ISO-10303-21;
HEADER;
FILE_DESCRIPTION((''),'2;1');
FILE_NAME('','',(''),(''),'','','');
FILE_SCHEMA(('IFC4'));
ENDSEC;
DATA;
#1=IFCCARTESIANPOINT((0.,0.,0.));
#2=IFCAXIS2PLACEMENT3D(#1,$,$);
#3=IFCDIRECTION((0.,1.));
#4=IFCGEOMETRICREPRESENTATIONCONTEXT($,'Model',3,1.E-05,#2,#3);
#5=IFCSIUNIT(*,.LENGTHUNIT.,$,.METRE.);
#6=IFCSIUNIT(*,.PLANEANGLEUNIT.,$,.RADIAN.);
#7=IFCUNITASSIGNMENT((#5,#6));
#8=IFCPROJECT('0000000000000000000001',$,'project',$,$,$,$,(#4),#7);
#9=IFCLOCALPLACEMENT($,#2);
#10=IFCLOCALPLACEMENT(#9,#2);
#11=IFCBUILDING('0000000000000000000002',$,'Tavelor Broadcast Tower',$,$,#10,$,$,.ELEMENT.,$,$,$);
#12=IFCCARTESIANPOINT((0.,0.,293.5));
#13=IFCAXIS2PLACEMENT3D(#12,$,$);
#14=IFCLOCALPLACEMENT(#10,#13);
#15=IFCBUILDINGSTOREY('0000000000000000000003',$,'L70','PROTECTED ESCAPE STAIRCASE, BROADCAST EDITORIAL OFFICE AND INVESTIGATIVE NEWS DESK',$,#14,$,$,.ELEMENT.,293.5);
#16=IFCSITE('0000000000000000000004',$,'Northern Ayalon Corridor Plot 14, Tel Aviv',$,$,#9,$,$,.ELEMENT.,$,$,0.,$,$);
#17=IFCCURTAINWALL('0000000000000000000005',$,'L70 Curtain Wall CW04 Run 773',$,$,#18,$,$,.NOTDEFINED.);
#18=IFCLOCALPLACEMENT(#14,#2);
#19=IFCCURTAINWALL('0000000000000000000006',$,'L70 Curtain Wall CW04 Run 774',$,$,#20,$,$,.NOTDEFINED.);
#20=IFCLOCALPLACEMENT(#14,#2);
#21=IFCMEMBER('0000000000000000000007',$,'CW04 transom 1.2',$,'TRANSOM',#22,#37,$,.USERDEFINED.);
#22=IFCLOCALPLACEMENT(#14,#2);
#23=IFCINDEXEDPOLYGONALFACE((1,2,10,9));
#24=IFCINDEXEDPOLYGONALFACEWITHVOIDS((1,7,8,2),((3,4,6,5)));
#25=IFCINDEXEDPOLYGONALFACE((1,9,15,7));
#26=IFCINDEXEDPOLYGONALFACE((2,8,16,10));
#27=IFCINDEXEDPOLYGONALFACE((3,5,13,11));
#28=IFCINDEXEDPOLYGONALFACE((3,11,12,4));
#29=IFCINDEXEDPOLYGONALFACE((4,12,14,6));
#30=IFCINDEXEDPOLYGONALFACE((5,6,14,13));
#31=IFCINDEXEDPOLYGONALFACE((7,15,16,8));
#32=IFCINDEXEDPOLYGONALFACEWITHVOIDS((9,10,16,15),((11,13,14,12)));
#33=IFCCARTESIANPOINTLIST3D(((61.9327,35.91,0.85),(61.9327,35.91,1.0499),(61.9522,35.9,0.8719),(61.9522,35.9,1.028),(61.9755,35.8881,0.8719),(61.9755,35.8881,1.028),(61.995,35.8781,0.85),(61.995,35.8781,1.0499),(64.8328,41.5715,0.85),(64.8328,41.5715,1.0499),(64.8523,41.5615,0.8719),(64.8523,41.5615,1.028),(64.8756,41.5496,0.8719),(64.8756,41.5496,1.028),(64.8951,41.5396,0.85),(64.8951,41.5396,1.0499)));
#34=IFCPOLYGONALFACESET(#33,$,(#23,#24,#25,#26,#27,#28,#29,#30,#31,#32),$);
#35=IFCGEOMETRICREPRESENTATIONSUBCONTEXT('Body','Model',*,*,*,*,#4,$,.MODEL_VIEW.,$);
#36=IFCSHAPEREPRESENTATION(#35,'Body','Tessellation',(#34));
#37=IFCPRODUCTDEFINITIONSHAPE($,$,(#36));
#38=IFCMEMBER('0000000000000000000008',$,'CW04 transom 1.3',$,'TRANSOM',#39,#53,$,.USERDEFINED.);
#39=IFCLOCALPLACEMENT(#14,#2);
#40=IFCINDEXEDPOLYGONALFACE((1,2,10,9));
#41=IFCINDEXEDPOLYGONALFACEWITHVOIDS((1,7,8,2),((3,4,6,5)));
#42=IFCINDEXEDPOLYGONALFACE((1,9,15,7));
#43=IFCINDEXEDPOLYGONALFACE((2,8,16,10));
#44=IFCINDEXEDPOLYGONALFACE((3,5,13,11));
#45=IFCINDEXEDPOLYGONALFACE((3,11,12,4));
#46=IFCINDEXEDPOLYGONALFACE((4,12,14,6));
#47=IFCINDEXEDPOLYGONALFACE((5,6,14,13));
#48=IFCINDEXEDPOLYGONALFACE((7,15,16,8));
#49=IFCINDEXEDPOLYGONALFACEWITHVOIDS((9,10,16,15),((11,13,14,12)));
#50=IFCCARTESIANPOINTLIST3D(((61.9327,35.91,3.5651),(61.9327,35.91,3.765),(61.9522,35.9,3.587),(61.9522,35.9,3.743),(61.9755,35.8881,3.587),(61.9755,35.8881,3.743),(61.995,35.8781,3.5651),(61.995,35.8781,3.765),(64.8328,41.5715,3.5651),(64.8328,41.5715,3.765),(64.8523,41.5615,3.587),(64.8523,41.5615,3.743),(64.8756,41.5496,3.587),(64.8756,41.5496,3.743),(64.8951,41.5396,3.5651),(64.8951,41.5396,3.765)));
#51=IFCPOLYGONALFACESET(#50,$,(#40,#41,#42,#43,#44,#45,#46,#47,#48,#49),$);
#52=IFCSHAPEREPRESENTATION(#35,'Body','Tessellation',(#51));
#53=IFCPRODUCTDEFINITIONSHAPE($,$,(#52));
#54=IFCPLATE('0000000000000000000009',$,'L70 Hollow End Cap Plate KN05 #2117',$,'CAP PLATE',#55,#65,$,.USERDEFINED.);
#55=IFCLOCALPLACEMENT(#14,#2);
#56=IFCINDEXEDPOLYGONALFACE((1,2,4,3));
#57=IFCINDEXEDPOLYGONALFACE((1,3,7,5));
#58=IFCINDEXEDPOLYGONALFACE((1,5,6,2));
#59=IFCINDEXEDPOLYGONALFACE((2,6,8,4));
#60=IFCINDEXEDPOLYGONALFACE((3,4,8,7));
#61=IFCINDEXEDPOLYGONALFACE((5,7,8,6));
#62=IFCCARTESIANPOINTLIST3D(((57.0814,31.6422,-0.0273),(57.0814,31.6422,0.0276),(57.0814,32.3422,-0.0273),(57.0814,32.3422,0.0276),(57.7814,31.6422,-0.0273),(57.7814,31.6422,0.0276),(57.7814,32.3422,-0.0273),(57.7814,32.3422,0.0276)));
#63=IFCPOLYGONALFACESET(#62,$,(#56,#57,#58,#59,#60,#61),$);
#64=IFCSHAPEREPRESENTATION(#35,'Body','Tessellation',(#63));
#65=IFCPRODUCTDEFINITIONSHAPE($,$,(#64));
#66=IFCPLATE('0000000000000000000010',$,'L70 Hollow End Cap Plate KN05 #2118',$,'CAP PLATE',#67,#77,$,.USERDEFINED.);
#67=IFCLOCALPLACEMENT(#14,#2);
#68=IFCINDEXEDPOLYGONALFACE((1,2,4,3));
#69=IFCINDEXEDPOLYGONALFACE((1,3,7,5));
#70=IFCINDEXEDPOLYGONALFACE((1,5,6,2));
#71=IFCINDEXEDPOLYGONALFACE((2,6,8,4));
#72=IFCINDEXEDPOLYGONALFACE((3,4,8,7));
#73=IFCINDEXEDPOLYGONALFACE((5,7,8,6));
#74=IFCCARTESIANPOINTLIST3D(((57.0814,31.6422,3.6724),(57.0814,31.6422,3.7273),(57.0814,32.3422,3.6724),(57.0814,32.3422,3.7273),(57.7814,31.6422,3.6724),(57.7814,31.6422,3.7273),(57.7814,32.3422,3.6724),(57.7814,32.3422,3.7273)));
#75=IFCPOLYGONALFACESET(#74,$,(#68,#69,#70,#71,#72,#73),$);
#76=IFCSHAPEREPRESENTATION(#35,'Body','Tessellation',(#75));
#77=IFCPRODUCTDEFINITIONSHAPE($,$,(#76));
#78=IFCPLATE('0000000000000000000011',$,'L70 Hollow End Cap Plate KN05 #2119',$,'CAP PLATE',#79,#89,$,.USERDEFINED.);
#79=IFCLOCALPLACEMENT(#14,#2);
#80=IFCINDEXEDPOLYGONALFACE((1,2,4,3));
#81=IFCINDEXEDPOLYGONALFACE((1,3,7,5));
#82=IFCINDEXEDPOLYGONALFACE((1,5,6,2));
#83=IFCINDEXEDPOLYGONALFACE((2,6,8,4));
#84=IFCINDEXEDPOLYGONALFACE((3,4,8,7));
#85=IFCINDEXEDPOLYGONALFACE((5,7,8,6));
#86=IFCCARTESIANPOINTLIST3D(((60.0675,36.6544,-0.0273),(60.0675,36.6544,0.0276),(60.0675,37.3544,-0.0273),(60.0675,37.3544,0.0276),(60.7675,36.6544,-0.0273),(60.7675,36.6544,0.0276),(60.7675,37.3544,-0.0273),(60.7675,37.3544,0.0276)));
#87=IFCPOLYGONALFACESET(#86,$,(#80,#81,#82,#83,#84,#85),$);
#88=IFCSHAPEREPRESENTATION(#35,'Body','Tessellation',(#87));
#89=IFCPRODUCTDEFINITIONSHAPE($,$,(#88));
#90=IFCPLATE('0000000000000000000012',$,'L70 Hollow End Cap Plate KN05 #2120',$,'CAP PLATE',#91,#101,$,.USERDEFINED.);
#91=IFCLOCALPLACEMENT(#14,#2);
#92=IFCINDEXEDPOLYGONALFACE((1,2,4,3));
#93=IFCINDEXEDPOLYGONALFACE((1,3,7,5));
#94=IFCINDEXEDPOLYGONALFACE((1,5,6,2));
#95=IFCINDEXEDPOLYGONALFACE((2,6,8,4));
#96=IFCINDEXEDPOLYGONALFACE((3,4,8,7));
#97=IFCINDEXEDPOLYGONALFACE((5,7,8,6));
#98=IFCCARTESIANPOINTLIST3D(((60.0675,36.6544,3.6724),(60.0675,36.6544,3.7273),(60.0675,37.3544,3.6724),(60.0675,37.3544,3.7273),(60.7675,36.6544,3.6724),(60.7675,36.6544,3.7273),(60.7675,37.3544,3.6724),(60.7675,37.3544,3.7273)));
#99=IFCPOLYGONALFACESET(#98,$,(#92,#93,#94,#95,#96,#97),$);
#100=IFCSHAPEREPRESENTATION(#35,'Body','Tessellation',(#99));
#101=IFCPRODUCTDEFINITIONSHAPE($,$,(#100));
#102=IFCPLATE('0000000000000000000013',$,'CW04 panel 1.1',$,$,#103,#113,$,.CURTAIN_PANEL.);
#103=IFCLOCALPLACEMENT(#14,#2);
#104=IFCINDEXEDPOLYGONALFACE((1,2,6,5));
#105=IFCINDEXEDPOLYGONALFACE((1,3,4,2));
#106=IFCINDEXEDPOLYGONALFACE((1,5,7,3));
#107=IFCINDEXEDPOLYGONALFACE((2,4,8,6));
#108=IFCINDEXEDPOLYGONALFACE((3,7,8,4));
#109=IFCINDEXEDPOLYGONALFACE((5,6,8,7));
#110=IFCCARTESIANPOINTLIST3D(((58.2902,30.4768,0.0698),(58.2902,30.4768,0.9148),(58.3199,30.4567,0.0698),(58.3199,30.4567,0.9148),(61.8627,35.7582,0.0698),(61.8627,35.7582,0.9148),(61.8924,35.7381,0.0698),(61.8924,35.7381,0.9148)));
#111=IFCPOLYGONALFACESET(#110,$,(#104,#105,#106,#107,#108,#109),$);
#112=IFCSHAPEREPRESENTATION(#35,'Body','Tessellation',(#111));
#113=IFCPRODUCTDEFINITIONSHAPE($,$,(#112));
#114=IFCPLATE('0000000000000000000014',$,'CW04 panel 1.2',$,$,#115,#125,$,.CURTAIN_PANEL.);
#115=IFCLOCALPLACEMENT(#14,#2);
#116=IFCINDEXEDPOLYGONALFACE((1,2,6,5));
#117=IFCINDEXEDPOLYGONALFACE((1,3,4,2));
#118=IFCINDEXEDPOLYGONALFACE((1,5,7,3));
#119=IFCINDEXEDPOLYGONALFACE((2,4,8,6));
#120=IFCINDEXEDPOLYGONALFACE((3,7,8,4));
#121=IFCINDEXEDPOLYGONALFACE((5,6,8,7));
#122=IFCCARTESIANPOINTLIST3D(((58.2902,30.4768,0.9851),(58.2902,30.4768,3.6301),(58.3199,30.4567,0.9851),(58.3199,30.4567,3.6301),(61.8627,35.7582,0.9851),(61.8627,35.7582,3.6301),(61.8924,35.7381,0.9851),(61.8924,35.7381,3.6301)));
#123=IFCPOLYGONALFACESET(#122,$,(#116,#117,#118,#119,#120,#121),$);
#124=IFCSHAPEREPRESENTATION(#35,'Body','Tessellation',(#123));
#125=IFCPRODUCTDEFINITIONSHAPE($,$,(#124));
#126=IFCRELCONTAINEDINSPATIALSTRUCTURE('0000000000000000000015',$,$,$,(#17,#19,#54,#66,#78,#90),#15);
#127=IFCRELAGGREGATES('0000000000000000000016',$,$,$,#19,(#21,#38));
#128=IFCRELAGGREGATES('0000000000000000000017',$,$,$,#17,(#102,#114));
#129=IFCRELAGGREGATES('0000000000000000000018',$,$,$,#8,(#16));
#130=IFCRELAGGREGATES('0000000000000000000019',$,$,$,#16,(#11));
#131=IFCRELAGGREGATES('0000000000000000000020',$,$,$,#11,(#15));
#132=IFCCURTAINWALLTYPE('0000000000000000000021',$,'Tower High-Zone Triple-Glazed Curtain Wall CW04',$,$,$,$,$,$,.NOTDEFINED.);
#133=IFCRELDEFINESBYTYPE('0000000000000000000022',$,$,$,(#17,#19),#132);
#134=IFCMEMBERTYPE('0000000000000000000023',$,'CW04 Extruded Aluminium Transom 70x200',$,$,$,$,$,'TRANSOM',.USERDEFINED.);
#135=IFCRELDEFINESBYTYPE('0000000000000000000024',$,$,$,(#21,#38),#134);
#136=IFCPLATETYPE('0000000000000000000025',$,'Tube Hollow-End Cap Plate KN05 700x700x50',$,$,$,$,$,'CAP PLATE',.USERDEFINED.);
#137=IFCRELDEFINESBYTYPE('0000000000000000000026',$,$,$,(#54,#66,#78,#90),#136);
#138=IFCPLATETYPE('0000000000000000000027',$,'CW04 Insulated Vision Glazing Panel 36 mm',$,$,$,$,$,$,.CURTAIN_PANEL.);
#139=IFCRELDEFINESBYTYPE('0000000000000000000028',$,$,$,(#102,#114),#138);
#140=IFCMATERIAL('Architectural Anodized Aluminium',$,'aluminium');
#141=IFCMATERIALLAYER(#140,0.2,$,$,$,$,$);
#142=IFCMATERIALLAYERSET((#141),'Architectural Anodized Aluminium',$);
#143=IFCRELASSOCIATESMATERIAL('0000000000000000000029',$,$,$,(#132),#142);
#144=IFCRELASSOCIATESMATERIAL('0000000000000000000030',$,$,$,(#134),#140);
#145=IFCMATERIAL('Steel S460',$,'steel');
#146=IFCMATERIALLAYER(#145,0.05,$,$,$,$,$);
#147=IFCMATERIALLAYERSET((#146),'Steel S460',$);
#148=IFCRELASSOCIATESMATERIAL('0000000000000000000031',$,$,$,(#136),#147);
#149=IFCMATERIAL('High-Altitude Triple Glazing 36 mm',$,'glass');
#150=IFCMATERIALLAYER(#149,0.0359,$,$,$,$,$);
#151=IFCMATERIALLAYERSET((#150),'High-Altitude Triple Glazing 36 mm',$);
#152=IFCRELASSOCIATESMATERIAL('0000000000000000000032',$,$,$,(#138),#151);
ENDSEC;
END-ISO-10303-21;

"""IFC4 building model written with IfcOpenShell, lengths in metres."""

from ifc_helpers import new_model, si_unit, direction, frame, origin, origin_2d, place, context, subcontext, project, spatial, rectangle, hollow_rectangle, extrude, source, transform, mapped, material, layer, layer_set, material_profile, profile_set, type_object, type_shapes, element, aggregate, save


model = new_model("IFC4")

# Units and contexts
model_context = context("Model", 3, precision=1e-05, world=origin(), true_north=direction((0.0, 1.0)))
body_context = subcontext(model_context, "Body", "Model", "MODEL_VIEW")
ifc_project = project(units=[si_unit("LENGTHUNIT", "METRE"), si_unit("PLANEANGLEUNIT", "RADIAN")], contexts=[model_context])

# Site, building, storey
site_placement = place(None, origin())
site = spatial("IfcSite", under=ifc_project, at=site_placement, Name="Northern Ayalon Corridor Plot 14, Tel Aviv", CompositionType="ELEMENT", RefElevation=0.0)
building_placement = place(site_placement, origin())
building = spatial("IfcBuilding", under=site, at=building_placement, Name="Tavelor Broadcast Tower", CompositionType="ELEMENT")
storey_placement = place(building_placement, frame((0.0, 0.0, 293.5)))
storey = spatial("IfcBuildingStorey", under=building, at=storey_placement, Name="L70", Description="PROTECTED ESCAPE STAIRCASE, BROADCAST EDITORIAL OFFICE AND INVESTIGATIVE NEWS DESK", CompositionType="ELEMENT", Elevation=293.5)

# Shared definitions
ifc_material_1 = material(Name="Steel S460", Category="steel")

# Curtain wall
ifc_material_2 = material(Name="Architectural Anodized Aluminium", Category="aluminium")
ifc_layer_1 = layer(ifc_material_2, 0.2)
ifc_layer_set_1 = layer_set([ifc_layer_1], Name="Architectural Anodized Aluminium")
curtain_wall_type = type_object("IfcCurtainWallType", Name="Tower High-Zone Triple-Glazed Curtain Wall CW04", PredefinedType="NOTDEFINED", material=ifc_layer_set_1)
curtain_wall_1_placement = place(storey_placement, origin())
curtain_wall_1 = element("IfcCurtainWall", 1, at=curtain_wall_1_placement, inside=storey, type_object=curtain_wall_type, Name="L70 Curtain Wall CW04 Run 773", PredefinedType="NOTDEFINED")

# Curtain wall
curtain_wall_2_placement = place(storey_placement, origin())
curtain_wall_2 = element("IfcCurtainWall", 2, at=curtain_wall_2_placement, inside=storey, type_object=curtain_wall_type, Name="L70 Curtain Wall CW04 Run 774", PredefinedType="NOTDEFINED")

# Members
ifc_material_profile_1 = material_profile(ifc_material_2, hollow_rectangle(XDim=0.0701, YDim=0.2, WallThickness=0.022, at=origin_2d()), Name="RHS 70x200x22")
ifc_profile_set_1 = profile_set([ifc_material_profile_1], Name="Architectural Anodized Aluminium")
member_type_1 = type_object("IfcMemberType", Name="CW04 Extruded Aluminium Transom 70x200", ElementType="TRANSOM", PredefinedType="USERDEFINED", material=ifc_profile_set_1)
shared_shape_1 = source(origin(), body_context, "Body", "SweptSolid", [
    extrude(hollow_rectangle(XDim=0.0701, YDim=0.2, WallThickness=0.022, at=origin_2d()), origin(), (0.0, 0.0, 1.0), 6.3611),
])
member_1_placement = place(storey_placement, frame((61.9639, 35.894, 0.95), z_axis=(0.455912, 0.890025, 0.0), x_axis=(-0.890025, 0.455912, 0.0)))
member_1 = element("IfcMember", 3, at=member_1_placement, type_object=member_type_1, Name="CW04 transom 1.2", ObjectType="TRANSOM", PredefinedType="USERDEFINED", context=body_context, shape_type="MappedRepresentation", body=[
    mapped(shared_shape_1, transform((0.0, 0.0, 0.0), scale=1.0)),
])
member_2_placement = place(storey_placement, frame((61.9639, 35.894, 3.665), z_axis=(0.455912, 0.890025, 0.0), x_axis=(-0.890025, 0.455912, 0.0)))
member_2 = element("IfcMember", 4, at=member_2_placement, type_object=member_type_1, Name="CW04 transom 1.3", ObjectType="TRANSOM", PredefinedType="USERDEFINED", context=body_context, shape_type="MappedRepresentation", body=[
    mapped(shared_shape_1, transform((0.0, 0.0, 0.0), scale=1.0)),
])
aggregate(curtain_wall_2, [member_1, member_2])

# Plates
ifc_layer_2 = layer(ifc_material_1, 0.05)
ifc_layer_set_2 = layer_set([ifc_layer_2], Name="Steel S460")
plate_type_1 = type_object("IfcPlateType", Name="Tube Hollow-End Cap Plate KN05 700x700x50", ElementType="CAP PLATE", PredefinedType="USERDEFINED", material=ifc_layer_set_2)
shared_shape_2 = source(origin(), body_context, "Body", "SweptSolid", [
    extrude(rectangle(XDim=0.7, YDim=0.7, at=origin_2d()), origin(), (0.0, 0.0, 1.0), 0.0549),
])
type_shapes(plate_type_1, [shared_shape_2])
for number, where, z_axis, x_axis, name in (
    (5, (57.4314, 31.9922, -0.0273), (0.0, 0.0, 1.0), (1.0, 0.0, 0.0), "L70 Hollow End Cap Plate KN05 #2117"),
    (6, (57.4314, 31.9922, 3.6724), (0.0, 0.0, 1.0), (1.0, 0.0, 0.0), "L70 Hollow End Cap Plate KN05 #2118"),
    (7, (60.4175, 37.0044, -0.0273), (0.0, 0.0, 1.0), (1.0, 0.0, 0.0), "L70 Hollow End Cap Plate KN05 #2119"),
    (8, (60.4175, 37.0044, 3.6724), (0.0, 0.0, 1.0), (1.0, 0.0, 0.0), "L70 Hollow End Cap Plate KN05 #2120"),
):
    element("IfcPlate", number, at=place(storey_placement, frame(where, z_axis=z_axis, x_axis=x_axis)), inside=storey, type_object=plate_type_1, Name=name, ObjectType="CAP PLATE", PredefinedType="USERDEFINED", context=body_context, shape_type="MappedRepresentation", body=[
        mapped(shared_shape_2, transform((0.0, 0.0, 0.0), scale=1.0)),
    ])

# Plates
ifc_material_3 = material(Name="High-Altitude Triple Glazing 36 mm", Category="glass")
ifc_layer_3 = layer(ifc_material_3, 0.0359)
ifc_layer_set_3 = layer_set([ifc_layer_3], Name="High-Altitude Triple Glazing 36 mm")
plate_type_2 = type_object("IfcPlateType", Name="CW04 Insulated Vision Glazing Panel 36 mm", PredefinedType="CURTAIN_PANEL", material=ifc_layer_set_3)
shared_shape_3 = source(origin(), body_context, "Body", "SweptSolid", [
    extrude(rectangle(XDim=6.3762, YDim=0.0359, at=origin_2d()), origin(), (0.0, 0.0, 1.0), 0.845),
])
plate_1_placement = place(storey_placement, frame((60.0913, 33.1074, 0.0698), z_axis=(0.0, 0.0, 1.0), x_axis=(0.560287, 0.828299, 0.0)))
plate_1 = element("IfcPlate", 9, at=plate_1_placement, type_object=plate_type_2, Name="CW04 panel 1.1", PredefinedType="CURTAIN_PANEL", context=body_context, shape_type="MappedRepresentation", body=[
    mapped(shared_shape_3, transform((0.0, 0.0, 0.0), scale=1.0)),
])
shared_shape_4 = source(origin(), body_context, "Body", "SweptSolid", [
    extrude(rectangle(XDim=6.3762, YDim=0.0359, at=origin_2d()), origin(), (0.0, 0.0, 1.0), 2.645),
])
type_shapes(plate_type_2, [shared_shape_3, shared_shape_4])
plate_2_placement = place(storey_placement, frame((60.0913, 33.1074, 0.9851), z_axis=(0.0, 0.0, 1.0), x_axis=(0.560287, 0.828299, 0.0)))
plate_2 = element("IfcPlate", 10, at=plate_2_placement, type_object=plate_type_2, Name="CW04 panel 1.2", PredefinedType="CURTAIN_PANEL", context=body_context, shape_type="MappedRepresentation", body=[
    mapped(shared_shape_4, transform((0.0, 0.0, 0.0), scale=1.0)),
])
aggregate(curtain_wall_1, [plate_1, plate_2])

save(model, "model.ifc")
